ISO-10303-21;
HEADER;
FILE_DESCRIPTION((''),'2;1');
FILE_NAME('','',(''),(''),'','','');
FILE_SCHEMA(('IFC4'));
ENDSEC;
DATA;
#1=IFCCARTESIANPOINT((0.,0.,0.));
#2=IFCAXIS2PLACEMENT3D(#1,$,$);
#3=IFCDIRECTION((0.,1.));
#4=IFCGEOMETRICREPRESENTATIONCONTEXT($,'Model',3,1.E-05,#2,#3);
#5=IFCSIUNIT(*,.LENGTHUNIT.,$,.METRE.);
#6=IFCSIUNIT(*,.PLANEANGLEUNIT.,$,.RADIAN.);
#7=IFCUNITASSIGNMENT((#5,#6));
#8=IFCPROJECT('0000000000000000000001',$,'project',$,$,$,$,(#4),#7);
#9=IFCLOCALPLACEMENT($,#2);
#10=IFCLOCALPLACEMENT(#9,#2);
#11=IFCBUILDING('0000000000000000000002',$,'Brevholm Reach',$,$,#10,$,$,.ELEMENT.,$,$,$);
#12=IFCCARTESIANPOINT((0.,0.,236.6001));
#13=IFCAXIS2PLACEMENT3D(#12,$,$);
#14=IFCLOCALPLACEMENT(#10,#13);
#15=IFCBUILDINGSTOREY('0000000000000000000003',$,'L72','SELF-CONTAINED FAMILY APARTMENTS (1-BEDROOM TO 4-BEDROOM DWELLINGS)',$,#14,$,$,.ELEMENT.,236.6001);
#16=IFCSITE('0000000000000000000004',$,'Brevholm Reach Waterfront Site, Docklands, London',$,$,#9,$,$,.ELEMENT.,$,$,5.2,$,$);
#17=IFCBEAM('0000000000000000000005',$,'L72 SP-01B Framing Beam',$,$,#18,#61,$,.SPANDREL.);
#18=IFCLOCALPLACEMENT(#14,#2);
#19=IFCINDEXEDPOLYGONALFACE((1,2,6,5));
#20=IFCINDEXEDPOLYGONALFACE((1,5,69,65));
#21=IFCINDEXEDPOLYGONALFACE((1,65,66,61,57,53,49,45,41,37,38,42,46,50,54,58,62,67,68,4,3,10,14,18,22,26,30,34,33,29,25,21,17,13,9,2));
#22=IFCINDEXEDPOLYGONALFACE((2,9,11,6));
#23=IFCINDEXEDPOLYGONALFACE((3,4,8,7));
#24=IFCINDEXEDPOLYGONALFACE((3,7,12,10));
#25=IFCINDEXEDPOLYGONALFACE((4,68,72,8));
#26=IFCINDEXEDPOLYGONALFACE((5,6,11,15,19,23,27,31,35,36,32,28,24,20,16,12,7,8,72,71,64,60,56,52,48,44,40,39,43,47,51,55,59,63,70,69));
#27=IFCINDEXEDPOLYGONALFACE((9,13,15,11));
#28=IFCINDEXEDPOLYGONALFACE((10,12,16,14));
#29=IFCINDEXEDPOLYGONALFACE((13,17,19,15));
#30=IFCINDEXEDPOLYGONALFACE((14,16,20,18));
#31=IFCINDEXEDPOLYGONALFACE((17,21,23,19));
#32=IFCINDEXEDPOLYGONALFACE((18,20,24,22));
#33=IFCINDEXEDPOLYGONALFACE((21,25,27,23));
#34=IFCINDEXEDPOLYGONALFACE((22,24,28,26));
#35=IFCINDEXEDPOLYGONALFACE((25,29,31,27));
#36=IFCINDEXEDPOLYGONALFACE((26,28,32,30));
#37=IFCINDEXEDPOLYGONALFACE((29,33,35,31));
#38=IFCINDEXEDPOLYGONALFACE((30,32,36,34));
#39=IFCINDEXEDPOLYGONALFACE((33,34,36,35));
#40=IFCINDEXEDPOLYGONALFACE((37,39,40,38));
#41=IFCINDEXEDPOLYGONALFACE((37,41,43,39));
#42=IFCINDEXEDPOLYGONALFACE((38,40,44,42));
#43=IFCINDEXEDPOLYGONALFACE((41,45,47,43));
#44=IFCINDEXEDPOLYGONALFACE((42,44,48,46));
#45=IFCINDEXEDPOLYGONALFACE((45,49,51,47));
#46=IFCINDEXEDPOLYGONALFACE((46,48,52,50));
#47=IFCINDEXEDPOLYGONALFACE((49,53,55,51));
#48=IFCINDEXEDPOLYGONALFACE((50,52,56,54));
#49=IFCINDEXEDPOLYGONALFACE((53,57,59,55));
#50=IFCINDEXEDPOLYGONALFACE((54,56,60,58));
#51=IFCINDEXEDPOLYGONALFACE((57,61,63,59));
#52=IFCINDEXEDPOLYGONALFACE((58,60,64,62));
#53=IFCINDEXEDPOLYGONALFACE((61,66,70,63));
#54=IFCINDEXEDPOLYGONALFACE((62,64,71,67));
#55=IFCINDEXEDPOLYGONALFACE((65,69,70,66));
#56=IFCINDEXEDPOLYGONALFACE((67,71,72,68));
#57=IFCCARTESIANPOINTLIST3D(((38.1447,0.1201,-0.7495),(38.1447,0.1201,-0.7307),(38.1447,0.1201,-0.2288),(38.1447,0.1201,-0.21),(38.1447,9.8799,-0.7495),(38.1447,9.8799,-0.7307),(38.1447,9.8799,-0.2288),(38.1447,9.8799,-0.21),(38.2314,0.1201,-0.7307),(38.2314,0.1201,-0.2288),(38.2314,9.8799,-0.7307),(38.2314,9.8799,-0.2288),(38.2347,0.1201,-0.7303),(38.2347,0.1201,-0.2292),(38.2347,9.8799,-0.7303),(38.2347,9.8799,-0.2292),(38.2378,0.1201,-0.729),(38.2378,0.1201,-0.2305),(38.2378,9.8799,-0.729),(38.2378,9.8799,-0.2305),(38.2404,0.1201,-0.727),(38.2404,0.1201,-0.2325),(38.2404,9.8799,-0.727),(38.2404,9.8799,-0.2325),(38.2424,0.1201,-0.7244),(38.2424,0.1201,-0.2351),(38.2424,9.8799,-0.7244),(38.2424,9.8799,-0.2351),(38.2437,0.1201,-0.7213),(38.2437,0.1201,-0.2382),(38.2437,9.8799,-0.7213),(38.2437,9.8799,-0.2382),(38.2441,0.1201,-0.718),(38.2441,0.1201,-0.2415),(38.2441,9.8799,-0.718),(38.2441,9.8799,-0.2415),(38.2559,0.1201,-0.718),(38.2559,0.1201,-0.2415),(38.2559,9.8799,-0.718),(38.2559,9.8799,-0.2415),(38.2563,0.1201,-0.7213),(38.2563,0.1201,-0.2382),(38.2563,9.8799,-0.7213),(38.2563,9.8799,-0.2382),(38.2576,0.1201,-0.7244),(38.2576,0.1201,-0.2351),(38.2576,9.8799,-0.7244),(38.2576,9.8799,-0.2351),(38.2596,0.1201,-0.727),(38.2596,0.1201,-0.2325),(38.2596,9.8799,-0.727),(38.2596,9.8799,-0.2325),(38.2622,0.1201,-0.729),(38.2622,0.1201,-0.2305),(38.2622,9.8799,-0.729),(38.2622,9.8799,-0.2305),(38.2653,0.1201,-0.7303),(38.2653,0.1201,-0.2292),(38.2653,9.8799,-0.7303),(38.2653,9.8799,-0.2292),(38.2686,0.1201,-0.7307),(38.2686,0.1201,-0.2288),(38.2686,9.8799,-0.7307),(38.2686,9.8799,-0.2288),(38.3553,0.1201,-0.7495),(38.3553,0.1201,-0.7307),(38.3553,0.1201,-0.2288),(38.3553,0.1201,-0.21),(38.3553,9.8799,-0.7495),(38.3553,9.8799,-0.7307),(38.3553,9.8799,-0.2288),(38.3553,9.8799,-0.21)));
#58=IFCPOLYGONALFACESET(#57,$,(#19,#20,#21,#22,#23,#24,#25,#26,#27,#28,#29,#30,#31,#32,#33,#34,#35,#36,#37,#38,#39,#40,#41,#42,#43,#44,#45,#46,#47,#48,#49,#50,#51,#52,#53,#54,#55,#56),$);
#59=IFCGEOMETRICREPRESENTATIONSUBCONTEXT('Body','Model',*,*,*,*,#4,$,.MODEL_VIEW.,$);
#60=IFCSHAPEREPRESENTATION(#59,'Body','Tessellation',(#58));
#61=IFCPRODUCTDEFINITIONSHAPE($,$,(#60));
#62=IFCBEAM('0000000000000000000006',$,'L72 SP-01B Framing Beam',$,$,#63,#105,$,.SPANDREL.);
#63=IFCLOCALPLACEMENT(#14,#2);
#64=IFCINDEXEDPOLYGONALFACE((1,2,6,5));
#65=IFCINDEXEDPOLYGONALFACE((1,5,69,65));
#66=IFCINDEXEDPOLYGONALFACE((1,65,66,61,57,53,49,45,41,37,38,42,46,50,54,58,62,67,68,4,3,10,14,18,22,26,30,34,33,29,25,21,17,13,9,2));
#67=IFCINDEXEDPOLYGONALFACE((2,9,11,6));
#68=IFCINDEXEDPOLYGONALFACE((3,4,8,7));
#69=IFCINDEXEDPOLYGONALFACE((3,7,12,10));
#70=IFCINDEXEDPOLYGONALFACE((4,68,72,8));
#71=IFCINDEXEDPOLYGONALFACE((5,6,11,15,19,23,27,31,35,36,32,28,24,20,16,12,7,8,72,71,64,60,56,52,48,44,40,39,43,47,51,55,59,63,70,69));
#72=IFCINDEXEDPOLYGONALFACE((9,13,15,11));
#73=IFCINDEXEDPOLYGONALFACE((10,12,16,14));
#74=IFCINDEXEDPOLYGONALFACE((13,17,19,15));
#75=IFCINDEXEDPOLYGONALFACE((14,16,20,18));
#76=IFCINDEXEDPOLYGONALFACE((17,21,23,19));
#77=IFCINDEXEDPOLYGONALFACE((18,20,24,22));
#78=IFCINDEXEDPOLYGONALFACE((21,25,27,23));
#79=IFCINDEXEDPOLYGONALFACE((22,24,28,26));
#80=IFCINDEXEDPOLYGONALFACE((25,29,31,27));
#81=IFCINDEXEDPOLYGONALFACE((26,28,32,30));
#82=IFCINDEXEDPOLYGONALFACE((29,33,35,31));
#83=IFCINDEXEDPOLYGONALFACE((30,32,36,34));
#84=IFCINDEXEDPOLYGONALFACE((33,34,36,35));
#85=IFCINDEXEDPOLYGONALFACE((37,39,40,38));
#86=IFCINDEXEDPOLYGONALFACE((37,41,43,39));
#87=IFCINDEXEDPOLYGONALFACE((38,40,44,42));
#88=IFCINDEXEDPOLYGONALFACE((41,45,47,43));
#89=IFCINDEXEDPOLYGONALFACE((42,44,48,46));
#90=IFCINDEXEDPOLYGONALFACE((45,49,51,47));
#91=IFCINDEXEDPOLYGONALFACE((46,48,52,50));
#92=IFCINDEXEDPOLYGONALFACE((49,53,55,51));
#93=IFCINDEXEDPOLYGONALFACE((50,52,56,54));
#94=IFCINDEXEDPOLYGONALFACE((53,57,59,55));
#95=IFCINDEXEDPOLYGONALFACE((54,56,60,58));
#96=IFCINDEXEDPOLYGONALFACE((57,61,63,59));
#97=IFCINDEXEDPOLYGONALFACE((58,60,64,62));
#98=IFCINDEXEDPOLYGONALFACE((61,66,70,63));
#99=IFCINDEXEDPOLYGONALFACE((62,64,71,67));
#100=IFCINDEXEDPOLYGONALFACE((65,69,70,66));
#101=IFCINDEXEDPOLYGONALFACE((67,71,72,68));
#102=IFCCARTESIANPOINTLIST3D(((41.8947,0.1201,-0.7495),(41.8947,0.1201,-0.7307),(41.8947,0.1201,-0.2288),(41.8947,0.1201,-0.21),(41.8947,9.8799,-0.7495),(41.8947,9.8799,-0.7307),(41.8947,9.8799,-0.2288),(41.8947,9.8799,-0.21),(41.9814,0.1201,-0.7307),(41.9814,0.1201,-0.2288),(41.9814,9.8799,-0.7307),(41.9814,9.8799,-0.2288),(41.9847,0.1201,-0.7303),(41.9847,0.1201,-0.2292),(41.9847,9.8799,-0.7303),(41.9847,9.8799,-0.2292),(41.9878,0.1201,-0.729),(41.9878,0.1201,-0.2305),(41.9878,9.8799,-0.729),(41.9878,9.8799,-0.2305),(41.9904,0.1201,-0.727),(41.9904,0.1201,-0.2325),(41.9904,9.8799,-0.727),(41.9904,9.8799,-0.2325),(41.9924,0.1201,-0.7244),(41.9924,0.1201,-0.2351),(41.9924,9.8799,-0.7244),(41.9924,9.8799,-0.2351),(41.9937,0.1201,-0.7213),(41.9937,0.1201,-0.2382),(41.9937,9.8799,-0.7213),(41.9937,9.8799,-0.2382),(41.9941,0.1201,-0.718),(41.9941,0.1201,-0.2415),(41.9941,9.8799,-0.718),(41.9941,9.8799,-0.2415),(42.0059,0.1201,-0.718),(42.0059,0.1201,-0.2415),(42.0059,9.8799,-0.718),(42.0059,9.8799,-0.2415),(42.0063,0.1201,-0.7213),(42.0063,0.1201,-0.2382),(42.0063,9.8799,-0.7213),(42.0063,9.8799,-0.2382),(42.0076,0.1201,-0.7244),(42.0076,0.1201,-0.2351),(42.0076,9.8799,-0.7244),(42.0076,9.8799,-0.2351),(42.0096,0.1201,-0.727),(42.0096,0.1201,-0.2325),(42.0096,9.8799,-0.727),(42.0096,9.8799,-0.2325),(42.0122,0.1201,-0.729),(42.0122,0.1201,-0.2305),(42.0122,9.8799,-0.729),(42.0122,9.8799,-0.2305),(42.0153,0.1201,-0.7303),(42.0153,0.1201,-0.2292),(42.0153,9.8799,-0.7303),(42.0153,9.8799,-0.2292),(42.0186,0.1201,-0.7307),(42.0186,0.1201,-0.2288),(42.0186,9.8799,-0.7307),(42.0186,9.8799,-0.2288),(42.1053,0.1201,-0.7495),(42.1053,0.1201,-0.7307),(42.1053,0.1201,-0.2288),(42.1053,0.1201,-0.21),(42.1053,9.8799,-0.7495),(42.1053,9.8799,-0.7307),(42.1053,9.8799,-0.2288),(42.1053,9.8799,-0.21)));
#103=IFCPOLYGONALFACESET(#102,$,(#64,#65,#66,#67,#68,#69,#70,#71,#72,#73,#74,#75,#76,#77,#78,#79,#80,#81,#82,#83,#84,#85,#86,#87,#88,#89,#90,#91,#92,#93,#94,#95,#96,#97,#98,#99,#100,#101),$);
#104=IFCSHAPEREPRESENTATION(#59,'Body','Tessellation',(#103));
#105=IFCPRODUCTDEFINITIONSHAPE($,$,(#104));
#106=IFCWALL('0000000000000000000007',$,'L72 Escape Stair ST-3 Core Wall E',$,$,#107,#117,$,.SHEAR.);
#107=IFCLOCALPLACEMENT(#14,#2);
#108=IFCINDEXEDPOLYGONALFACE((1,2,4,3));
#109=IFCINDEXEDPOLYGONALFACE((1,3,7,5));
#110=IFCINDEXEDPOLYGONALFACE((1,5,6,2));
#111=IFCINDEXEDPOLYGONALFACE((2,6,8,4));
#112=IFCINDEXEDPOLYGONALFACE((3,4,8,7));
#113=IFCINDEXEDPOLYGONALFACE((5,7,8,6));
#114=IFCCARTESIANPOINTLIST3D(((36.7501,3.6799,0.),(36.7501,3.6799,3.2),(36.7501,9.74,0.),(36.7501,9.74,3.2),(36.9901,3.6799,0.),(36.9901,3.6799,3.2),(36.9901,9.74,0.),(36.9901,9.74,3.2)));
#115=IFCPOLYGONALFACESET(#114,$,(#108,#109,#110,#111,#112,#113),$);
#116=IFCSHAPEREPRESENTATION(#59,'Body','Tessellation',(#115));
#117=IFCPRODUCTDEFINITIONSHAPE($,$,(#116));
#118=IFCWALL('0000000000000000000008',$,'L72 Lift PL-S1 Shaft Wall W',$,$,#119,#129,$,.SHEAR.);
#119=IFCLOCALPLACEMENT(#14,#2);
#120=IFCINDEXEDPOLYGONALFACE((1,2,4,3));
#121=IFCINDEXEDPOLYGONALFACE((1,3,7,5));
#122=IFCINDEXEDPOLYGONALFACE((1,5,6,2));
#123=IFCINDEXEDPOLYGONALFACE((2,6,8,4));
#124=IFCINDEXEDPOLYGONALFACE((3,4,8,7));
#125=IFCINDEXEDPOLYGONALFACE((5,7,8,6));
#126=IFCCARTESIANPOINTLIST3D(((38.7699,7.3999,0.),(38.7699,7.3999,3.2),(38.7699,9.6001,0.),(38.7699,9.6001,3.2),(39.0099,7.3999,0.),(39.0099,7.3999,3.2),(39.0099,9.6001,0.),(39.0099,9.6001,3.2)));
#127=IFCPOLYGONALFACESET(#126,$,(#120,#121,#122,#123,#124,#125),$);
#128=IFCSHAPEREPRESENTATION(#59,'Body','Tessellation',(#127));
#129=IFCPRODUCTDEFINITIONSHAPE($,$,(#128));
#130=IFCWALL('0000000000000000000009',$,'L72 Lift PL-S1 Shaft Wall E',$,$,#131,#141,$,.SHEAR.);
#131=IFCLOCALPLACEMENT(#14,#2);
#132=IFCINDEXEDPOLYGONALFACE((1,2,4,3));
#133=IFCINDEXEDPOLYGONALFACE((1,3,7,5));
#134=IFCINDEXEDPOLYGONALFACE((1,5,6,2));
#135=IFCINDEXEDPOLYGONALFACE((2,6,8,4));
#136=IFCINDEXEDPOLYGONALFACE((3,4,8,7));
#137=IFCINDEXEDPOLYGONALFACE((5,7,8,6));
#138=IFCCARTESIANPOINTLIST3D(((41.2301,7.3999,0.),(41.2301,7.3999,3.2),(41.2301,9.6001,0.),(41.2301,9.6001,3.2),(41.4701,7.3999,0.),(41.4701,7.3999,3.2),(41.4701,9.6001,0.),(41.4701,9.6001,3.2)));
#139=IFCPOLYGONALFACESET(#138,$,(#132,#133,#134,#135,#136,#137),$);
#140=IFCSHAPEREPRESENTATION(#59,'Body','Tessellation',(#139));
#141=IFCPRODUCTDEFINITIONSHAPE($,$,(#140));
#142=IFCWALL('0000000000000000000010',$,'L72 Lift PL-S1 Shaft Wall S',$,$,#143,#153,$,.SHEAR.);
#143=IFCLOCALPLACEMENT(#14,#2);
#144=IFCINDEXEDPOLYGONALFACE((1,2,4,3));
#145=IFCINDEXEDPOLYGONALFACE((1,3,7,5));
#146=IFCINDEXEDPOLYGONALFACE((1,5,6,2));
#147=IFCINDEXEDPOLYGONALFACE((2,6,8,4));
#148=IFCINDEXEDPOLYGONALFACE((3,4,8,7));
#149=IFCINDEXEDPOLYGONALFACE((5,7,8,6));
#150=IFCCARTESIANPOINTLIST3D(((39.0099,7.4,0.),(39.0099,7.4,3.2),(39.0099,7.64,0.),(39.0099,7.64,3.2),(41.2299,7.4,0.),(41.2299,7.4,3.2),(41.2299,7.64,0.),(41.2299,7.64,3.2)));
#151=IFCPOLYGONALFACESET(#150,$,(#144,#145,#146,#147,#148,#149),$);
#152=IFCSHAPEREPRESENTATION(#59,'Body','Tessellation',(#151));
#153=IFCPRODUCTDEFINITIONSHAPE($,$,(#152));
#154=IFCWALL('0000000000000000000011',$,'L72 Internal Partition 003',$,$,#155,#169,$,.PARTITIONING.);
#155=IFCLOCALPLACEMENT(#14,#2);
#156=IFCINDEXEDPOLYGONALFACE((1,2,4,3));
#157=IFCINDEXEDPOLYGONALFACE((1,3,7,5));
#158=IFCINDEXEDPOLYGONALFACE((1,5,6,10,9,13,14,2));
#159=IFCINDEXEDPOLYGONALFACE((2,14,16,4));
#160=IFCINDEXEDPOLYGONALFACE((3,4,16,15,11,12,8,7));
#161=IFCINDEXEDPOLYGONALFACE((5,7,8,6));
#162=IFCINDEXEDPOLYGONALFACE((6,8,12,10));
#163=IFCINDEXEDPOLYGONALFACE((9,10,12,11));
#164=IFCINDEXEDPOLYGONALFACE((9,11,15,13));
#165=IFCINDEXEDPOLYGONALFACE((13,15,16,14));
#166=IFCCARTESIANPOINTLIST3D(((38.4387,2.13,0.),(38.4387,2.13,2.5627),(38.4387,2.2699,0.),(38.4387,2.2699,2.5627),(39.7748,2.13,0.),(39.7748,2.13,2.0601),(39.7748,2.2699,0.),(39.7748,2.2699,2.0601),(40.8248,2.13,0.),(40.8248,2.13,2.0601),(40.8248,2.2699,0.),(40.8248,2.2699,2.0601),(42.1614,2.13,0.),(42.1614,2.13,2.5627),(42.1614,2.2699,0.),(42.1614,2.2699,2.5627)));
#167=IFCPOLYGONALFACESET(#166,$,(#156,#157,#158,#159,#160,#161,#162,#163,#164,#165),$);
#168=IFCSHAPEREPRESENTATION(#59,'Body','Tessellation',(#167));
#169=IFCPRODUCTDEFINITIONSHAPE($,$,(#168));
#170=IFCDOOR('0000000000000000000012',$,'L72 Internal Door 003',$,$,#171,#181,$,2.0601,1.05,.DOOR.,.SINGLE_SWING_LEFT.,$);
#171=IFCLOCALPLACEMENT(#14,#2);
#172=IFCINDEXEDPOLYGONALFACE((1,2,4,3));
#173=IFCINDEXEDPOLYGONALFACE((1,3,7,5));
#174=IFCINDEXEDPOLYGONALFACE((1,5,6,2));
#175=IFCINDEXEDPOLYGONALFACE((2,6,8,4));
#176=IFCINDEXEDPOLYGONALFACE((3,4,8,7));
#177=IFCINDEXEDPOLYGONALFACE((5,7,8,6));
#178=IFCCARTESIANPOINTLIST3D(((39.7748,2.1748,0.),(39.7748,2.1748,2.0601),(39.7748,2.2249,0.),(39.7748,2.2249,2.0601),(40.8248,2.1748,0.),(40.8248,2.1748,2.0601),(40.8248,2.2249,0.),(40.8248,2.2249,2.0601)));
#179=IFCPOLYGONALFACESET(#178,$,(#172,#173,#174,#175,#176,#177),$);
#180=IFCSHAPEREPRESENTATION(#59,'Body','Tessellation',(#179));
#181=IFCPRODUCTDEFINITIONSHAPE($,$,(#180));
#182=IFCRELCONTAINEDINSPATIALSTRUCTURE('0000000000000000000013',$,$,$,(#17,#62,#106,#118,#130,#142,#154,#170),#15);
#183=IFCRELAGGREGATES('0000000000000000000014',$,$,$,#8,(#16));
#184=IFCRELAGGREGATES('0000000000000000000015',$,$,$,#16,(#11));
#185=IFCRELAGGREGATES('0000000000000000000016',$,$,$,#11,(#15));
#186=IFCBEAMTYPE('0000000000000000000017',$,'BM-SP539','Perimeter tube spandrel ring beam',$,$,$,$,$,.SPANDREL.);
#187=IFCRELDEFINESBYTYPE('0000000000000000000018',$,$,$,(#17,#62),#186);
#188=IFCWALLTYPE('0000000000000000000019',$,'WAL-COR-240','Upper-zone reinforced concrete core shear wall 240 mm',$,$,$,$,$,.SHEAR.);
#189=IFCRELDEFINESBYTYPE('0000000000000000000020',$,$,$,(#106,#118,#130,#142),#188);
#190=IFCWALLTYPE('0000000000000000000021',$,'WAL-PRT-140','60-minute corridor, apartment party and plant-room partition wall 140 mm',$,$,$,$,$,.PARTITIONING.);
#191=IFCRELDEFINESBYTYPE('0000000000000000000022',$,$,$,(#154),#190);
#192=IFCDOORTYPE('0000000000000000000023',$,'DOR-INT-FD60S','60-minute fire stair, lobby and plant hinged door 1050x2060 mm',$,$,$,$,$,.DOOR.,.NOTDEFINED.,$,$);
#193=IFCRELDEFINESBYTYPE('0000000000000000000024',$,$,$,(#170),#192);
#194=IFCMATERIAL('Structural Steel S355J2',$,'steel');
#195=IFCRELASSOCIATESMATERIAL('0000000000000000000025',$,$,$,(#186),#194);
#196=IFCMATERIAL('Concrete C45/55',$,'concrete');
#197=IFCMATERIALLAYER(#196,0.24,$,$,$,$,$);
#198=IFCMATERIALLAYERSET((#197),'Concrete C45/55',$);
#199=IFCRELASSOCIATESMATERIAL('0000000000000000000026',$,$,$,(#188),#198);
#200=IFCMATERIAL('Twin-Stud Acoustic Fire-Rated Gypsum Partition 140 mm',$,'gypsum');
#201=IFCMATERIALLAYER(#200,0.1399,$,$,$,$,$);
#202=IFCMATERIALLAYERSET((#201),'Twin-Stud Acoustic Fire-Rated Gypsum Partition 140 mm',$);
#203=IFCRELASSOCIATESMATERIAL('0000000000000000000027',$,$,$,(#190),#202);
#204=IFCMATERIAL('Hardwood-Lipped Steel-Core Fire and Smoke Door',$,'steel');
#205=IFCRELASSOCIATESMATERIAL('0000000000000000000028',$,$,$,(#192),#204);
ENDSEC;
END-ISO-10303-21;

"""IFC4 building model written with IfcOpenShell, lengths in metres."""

from ifc_helpers import new_model, si_unit, direction, frame, frame_2d, origin, origin_2d, place, context, subcontext, project, spatial, rectangle, i_section, extrude, material, layer, layer_set, material_profile, profile_set, type_object, element, fill, save


model = new_model("IFC4")

# Units and contexts
model_context = context("Model", 3, precision=1e-05, world=origin(), true_north=direction((0.0, 1.0)))
body_context = subcontext(model_context, "Body", "Model", "MODEL_VIEW")
ifc_project = project(units=[si_unit("LENGTHUNIT", "METRE"), si_unit("PLANEANGLEUNIT", "RADIAN")], contexts=[model_context])

# Site, building, storey
site_placement = place(None, origin())
site = spatial("IfcSite", under=ifc_project, at=site_placement, Name="Brevholm Reach Waterfront Site, Docklands, London", CompositionType="ELEMENT", RefElevation=5.2)
building_placement = place(site_placement, origin())
building = spatial("IfcBuilding", under=site, at=building_placement, Name="Brevholm Reach", CompositionType="ELEMENT")
storey_placement = place(building_placement, frame((0.0, 0.0, 236.6001)))
storey = spatial("IfcBuildingStorey", under=building, at=storey_placement, Name="L72", Description="SELF-CONTAINED FAMILY APARTMENTS (1-BEDROOM TO 4-BEDROOM DWELLINGS)", CompositionType="ELEMENT", Elevation=236.6001)

# Beams
ifc_material_1 = material(Name="Structural Steel S355J2", Category="steel")
ifc_material_profile_1 = material_profile(ifc_material_1, i_section(OverallWidth=0.2107, OverallDepth=0.5396, WebThickness=0.0117, FlangeThickness=0.0188, FilletRadius=0.0127, at=origin_2d()), Name="UKB 533x210x109")
ifc_profile_set_1 = profile_set([ifc_material_profile_1], Name="Structural Steel S355J2")
beam_type_1 = type_object("IfcBeamType", Name="BM-SP539", Description="Perimeter tube spandrel ring beam", PredefinedType="SPANDREL", material=ifc_profile_set_1)
for number, where, z_axis, x_axis, name in (
    (1, (38.25, 0.1201, -0.4797), (0.0, 1.0, 0.0), (-1.0, 0.0, 0.0), "L72 SP-01B Framing Beam"),
    (2, (42.0, 0.1201, -0.4797), (0.0, 1.0, 0.0), (-1.0, 0.0, 0.0), "L72 SP-01B Framing Beam"),
):
    element("IfcBeam", number, at=place(storey_placement, frame(where, z_axis=z_axis, x_axis=x_axis)), inside=storey, type_object=beam_type_1, Name=name, PredefinedType="SPANDREL", context=body_context, shape_type="SweptSolid", body=[
        extrude(i_section(OverallWidth=0.2107, OverallDepth=0.5396, WebThickness=0.0117, FlangeThickness=0.0188, FilletRadius=0.0127, at=origin_2d()), origin(), (0.0, 0.0, 1.0), 9.7598),
    ])

# Walls
ifc_material_2 = material(Name="Concrete C45/55", Category="concrete")
ifc_layer_1 = layer(ifc_material_2, 0.24)
ifc_layer_set_1 = layer_set([ifc_layer_1], Name="Concrete C45/55")
wall_type_1 = type_object("IfcWallType", Name="WAL-COR-240", Description="Upper-zone reinforced concrete core shear wall 240 mm", PredefinedType="SHEAR", material=ifc_layer_set_1)
wall_1_placement = place(storey_placement, frame((36.8701, 3.6799, 0.0), z_axis=(0.0, 0.0, 1.0), x_axis=(0.0, 1.0, 0.0)))
element("IfcWall", 3, at=wall_1_placement, inside=storey, type_object=wall_type_1, Name="L72 Escape Stair ST-3 Core Wall E", PredefinedType="SHEAR", context=body_context, shape_type="SweptSolid", body=[
    extrude(rectangle(XDim=6.0601, YDim=0.24, at=frame_2d((3.03, 0.0))), origin(), (0.0, 0.0, 1.0), 3.2),
])
for number, where, z_axis, x_axis, name in (
    (4, (38.8899, 7.3999, 0.0), (0.0, 0.0, 1.0), (0.0, 1.0, 0.0), "L72 Lift PL-S1 Shaft Wall W"),
    (5, (41.3501, 7.3999, 0.0), (0.0, 0.0, 1.0), (0.0, 1.0, 0.0), "L72 Lift PL-S1 Shaft Wall E"),
):
    element("IfcWall", number, at=place(storey_placement, frame(where, z_axis=z_axis, x_axis=x_axis)), inside=storey, type_object=wall_type_1, Name=name, PredefinedType="SHEAR", context=body_context, shape_type="SweptSolid", body=[
        extrude(rectangle(XDim=2.2002, YDim=0.24, at=frame_2d((1.1001, 0.0))), origin(), (0.0, 0.0, 1.0), 3.2),
    ])
wall_2_placement = place(storey_placement, frame((39.01, 7.52, 0.0), z_axis=(0.0, 0.0, 1.0), x_axis=(1.0, 0.0, 0.0)))
element("IfcWall", 6, at=wall_2_placement, inside=storey, type_object=wall_type_1, Name="L72 Lift PL-S1 Shaft Wall S", PredefinedType="SHEAR", context=body_context, shape_type="SweptSolid", body=[
    extrude(rectangle(XDim=2.22, YDim=0.24, at=frame_2d((1.1099, 0.0))), origin(), (0.0, 0.0, 1.0), 3.2),
])

# Wall, opening, door
ifc_material_3 = material(Name="Twin-Stud Acoustic Fire-Rated Gypsum Partition 140 mm", Category="gypsum")
ifc_layer_2 = layer(ifc_material_3, 0.1399)
ifc_layer_set_2 = layer_set([ifc_layer_2], Name="Twin-Stud Acoustic Fire-Rated Gypsum Partition 140 mm")
wall_type_2 = type_object("IfcWallType", Name="WAL-PRT-140", Description="60-minute corridor, apartment party and plant-room partition wall 140 mm", PredefinedType="PARTITIONING", material=ifc_layer_set_2)
wall_3_placement = place(storey_placement, frame((38.4387, 2.2, 0.0), z_axis=(0.0, 0.0, 1.0), x_axis=(1.0, 0.0, 0.0)))
wall_3 = element("IfcWall", 7, at=wall_3_placement, inside=storey, type_object=wall_type_2, Name="L72 Internal Partition 003", PredefinedType="PARTITIONING", context=body_context, shape_type="SweptSolid", body=[
    extrude(rectangle(XDim=3.7227, YDim=0.1399, at=frame_2d((1.8613, 0.0))), origin(), (0.0, 0.0, 1.0), 2.5627),
])
opening_placement = place(wall_3_placement, frame((1.3362, 0.0, 0.0)))
opening = element("IfcOpeningElement", 8, at=opening_placement, cuts=wall_3, PredefinedType="OPENING", context=body_context, shape_type="SweptSolid", body=[
    extrude(rectangle(XDim=1.05, YDim=2.0601, at=frame_2d((0.5249, 1.03))), frame((0.0, 0.0798, 0.0), z_axis=(0.0, -1.0, 0.0), x_axis=(1.0, 0.0, 0.0)), (0.0, 0.0, 1.0), 0.1599),
])
ifc_material_4 = material(Name="Hardwood-Lipped Steel-Core Fire and Smoke Door", Category="steel")
door_type = type_object("IfcDoorType", Name="DOR-INT-FD60S", Description="60-minute fire stair, lobby and plant hinged door 1050x2060 mm", OperationType="NOTDEFINED", PredefinedType="DOOR", material=ifc_material_4)
door_placement = place(opening_placement, origin())
door = element("IfcDoor", 9, at=door_placement, inside=storey, type_object=door_type, Name="L72 Internal Door 003", OperationType="SINGLE_SWING_LEFT", OverallHeight=2.0601, OverallWidth=1.05, PredefinedType="DOOR", context=body_context, shape_type="SweptSolid", body=[
    extrude(rectangle(XDim=1.05, YDim=2.0601, at=frame_2d((0.5249, 1.03))), frame((0.0, 0.0249, 0.0), z_axis=(0.0, -1.0, 0.0), x_axis=(1.0, 0.0, 0.0)), (0.0, 0.0, 1.0), 0.05),
])
fill(opening, door)

save(model, "model.ifc")
